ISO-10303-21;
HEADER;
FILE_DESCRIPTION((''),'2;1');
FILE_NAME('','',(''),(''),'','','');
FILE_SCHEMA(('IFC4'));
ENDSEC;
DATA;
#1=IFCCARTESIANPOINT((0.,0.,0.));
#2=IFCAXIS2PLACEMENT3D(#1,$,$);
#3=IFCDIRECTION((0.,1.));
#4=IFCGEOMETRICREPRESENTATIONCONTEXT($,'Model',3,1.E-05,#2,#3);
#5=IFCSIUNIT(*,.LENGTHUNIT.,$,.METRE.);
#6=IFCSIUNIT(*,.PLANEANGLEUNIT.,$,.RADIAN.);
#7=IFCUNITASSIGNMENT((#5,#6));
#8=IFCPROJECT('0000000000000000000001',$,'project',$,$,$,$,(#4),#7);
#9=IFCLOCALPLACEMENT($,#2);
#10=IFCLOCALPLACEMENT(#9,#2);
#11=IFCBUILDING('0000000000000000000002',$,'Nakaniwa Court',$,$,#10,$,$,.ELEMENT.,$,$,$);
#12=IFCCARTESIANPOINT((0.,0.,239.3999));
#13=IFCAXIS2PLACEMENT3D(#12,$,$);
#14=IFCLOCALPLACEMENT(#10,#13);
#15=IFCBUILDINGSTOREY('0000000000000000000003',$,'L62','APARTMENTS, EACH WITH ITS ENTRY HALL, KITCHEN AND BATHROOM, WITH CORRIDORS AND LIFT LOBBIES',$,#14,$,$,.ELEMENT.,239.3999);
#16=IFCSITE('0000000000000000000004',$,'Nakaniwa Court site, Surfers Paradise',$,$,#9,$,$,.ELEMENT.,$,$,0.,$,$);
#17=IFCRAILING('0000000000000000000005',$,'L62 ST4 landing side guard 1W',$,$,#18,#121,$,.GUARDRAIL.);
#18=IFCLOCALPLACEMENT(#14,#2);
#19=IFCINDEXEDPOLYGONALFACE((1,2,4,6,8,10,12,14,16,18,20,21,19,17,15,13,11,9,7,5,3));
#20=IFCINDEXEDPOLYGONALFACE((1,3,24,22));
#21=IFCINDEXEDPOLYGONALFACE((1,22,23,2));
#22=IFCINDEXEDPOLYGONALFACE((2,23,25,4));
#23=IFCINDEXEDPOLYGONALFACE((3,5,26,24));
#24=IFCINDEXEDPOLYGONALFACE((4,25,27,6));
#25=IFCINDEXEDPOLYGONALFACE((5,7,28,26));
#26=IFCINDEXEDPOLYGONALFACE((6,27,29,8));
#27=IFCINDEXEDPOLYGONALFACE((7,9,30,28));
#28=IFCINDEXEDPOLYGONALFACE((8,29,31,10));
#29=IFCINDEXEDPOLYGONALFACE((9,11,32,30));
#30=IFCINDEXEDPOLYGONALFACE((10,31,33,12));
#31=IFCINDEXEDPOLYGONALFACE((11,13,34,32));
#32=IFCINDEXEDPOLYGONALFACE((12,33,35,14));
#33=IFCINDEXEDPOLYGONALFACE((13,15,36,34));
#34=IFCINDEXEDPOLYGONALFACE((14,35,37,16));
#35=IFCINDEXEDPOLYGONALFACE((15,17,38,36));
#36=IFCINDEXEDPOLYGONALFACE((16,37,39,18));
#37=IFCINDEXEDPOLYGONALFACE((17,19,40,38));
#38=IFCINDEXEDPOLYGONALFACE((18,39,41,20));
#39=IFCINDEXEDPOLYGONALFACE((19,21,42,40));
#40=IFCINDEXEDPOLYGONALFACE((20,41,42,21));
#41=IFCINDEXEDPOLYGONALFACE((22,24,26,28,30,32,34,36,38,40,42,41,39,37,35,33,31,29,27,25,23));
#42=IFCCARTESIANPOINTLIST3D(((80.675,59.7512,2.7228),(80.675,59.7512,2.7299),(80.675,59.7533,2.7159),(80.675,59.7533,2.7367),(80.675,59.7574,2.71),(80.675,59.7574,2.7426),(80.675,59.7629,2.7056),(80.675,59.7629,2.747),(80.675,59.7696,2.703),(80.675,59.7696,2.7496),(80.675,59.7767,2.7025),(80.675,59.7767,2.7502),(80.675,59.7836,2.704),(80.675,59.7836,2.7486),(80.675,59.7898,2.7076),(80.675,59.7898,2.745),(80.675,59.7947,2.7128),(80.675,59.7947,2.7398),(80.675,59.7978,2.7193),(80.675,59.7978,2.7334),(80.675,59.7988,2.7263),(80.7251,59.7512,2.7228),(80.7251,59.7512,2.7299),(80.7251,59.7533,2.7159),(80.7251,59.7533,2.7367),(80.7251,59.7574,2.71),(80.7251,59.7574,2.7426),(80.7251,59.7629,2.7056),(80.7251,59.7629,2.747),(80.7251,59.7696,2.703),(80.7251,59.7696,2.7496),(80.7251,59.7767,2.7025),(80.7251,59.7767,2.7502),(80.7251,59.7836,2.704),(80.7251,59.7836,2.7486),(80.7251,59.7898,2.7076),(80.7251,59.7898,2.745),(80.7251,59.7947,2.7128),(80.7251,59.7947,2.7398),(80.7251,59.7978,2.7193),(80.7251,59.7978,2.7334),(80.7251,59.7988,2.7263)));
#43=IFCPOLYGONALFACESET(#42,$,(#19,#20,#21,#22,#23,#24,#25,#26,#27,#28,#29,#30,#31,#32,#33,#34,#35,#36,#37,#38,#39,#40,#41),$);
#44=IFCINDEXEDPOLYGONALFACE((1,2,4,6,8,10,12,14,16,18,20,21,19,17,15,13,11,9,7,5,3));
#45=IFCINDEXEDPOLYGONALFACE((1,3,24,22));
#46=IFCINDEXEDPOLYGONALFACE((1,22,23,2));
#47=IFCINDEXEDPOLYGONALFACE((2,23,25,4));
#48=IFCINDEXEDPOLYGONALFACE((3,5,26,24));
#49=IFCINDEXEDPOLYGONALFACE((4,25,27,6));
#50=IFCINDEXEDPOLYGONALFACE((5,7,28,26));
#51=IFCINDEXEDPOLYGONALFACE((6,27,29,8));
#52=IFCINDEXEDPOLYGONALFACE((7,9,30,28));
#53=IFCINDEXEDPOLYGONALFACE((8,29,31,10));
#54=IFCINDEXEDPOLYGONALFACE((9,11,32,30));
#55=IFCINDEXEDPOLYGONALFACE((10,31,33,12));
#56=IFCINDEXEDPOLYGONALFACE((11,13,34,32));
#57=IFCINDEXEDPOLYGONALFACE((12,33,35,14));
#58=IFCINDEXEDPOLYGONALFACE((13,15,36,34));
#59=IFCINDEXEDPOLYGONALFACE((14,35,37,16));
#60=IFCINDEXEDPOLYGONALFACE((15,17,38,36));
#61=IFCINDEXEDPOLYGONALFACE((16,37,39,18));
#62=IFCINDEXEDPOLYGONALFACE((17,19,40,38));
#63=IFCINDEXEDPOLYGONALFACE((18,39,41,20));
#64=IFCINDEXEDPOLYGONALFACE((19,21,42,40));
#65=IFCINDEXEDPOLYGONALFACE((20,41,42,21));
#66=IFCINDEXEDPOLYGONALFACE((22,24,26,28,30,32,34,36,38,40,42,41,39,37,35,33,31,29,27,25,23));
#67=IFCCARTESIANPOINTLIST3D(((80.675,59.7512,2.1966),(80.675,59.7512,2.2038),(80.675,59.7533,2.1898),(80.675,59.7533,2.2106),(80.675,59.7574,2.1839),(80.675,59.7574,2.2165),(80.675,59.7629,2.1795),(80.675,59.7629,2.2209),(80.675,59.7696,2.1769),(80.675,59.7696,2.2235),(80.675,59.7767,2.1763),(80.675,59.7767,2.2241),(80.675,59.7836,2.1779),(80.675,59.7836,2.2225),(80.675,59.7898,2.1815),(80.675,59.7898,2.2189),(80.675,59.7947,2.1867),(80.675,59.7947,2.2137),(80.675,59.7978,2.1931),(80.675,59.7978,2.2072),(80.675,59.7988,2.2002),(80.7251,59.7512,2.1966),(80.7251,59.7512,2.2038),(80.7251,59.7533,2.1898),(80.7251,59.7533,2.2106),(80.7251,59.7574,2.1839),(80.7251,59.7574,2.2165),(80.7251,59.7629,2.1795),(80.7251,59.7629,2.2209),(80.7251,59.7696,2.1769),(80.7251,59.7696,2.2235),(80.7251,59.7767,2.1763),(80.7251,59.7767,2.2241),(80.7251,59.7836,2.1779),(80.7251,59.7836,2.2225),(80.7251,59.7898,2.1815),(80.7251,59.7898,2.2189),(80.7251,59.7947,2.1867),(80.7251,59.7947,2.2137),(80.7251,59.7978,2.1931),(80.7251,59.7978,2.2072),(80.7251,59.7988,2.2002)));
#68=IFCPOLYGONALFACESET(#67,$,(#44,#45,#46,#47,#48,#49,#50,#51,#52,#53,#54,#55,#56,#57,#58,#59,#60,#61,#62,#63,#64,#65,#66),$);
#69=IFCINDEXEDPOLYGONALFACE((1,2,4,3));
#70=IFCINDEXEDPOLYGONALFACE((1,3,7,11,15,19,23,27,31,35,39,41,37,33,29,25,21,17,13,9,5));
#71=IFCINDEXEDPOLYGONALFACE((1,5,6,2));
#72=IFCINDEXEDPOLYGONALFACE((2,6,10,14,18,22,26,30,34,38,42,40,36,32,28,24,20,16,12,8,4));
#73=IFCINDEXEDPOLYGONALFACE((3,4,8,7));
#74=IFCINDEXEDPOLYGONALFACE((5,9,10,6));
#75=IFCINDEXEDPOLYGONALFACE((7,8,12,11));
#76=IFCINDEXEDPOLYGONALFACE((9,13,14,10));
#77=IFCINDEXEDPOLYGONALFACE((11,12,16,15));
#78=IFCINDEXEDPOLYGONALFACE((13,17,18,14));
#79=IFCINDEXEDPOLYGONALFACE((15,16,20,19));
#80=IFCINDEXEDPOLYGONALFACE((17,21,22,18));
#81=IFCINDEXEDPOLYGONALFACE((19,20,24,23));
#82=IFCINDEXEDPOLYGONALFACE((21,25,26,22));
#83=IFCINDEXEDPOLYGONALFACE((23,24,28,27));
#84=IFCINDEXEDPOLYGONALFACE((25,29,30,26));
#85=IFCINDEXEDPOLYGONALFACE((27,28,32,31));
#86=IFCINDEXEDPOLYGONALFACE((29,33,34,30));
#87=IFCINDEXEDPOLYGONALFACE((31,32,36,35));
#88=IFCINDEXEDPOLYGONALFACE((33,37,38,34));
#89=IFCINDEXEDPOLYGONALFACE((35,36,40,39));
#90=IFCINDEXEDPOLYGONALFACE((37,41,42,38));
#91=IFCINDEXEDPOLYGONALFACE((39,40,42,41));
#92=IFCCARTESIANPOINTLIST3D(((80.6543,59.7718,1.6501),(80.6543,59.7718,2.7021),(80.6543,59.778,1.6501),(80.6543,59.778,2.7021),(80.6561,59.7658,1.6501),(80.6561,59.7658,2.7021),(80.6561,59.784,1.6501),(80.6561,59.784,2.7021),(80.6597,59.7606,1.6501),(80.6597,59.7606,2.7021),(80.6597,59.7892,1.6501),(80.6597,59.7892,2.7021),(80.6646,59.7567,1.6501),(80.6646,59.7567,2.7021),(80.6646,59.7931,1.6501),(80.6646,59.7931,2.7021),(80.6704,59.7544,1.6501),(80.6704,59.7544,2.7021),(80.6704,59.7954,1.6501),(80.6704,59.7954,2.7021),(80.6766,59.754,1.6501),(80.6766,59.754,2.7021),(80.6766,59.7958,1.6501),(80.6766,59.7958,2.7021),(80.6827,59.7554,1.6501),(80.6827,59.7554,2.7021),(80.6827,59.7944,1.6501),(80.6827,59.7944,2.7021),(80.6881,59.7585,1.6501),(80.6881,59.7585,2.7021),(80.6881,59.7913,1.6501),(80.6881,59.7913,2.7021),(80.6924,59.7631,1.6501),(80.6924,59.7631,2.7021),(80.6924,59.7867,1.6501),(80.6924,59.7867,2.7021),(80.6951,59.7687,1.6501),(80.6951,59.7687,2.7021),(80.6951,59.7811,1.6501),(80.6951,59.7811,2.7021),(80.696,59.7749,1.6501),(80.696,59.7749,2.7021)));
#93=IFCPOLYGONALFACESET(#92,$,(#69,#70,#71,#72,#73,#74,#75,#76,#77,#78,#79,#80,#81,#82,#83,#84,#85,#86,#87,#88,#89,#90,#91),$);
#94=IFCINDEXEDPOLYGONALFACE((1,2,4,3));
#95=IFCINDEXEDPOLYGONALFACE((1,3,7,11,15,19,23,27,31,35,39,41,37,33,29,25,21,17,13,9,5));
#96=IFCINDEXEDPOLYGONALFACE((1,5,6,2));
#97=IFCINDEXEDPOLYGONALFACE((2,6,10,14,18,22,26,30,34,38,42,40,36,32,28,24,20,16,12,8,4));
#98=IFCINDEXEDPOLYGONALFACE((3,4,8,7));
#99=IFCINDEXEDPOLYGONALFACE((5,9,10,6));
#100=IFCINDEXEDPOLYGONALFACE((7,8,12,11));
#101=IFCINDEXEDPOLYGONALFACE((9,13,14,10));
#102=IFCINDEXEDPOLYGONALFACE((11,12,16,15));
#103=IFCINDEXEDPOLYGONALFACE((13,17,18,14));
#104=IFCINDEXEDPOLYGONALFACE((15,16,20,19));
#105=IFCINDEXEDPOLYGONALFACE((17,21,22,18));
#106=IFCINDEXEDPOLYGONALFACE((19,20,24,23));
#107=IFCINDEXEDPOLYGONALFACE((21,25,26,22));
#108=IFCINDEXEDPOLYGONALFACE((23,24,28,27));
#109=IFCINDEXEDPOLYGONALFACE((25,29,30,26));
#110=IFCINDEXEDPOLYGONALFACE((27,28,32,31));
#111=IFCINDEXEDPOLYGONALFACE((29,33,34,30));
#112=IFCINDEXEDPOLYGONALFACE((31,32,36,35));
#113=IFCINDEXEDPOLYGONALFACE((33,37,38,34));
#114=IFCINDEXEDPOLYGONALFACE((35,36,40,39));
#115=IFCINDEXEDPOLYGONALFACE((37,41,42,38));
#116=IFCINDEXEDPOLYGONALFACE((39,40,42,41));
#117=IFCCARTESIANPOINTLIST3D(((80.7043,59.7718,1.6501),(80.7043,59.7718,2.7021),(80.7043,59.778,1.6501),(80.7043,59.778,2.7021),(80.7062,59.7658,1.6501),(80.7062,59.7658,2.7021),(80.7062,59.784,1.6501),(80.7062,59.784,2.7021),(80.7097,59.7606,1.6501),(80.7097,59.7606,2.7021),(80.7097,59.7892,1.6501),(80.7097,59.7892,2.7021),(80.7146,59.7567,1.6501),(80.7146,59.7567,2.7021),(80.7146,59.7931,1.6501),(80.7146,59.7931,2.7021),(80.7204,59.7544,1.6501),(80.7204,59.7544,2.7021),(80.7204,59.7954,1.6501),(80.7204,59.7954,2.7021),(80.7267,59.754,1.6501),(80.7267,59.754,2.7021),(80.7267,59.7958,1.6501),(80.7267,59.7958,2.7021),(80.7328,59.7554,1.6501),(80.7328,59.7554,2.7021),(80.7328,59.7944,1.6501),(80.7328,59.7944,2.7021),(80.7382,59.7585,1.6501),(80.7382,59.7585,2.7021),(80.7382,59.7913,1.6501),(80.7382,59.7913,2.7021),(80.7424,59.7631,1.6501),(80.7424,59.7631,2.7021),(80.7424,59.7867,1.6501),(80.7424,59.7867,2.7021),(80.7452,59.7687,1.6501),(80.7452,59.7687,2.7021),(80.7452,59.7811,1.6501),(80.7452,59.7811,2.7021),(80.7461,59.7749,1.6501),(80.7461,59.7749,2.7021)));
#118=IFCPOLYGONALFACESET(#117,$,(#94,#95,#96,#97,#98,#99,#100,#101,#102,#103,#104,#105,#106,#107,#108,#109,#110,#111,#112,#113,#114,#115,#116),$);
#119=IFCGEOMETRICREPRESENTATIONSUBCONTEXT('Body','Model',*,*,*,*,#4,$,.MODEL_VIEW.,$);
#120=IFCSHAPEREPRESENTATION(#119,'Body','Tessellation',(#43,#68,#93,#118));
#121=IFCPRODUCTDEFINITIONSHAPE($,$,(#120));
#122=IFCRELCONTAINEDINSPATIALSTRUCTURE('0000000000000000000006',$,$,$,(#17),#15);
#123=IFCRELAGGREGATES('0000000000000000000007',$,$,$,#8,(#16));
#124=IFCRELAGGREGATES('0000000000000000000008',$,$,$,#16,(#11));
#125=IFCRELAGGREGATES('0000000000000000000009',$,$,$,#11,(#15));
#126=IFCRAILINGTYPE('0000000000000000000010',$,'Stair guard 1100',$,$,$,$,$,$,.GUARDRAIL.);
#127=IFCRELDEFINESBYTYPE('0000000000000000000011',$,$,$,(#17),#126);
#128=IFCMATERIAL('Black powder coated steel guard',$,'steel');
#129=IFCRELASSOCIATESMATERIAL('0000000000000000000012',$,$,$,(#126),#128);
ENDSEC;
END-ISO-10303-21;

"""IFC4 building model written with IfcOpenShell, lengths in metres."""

from ifc_helpers import new_model, si_unit, direction, frame, origin, origin_2d, place, context, subcontext, project, spatial, circle, extrude, material, type_object, element, save


model = new_model("IFC4")

# Units and contexts
model_context = context("Model", 3, precision=1e-05, world=origin(), true_north=direction((0.0, 1.0)))
body_context = subcontext(model_context, "Body", "Model", "MODEL_VIEW")
ifc_project = project(units=[si_unit("LENGTHUNIT", "METRE"), si_unit("PLANEANGLEUNIT", "RADIAN")], contexts=[model_context])

# Site, building, storey
site_placement = place(None, origin())
site = spatial("IfcSite", under=ifc_project, at=site_placement, Name="Nakaniwa Court site, Surfers Paradise", CompositionType="ELEMENT", RefElevation=0.0)
building_placement = place(site_placement, origin())
building = spatial("IfcBuilding", under=site, at=building_placement, Name="Nakaniwa Court", CompositionType="ELEMENT")
storey_placement = place(building_placement, frame((0.0, 0.0, 239.3999)))
storey = spatial("IfcBuildingStorey", under=building, at=storey_placement, Name="L62", Description="APARTMENTS, EACH WITH ITS ENTRY HALL, KITCHEN AND BATHROOM, WITH CORRIDORS AND LIFT LOBBIES", CompositionType="ELEMENT", Elevation=239.3999)

# Railing
ifc_material_1 = material(Name="Black powder coated steel guard", Category="steel")
railing_type_1 = type_object("IfcRailingType", Name="Stair guard 1100", PredefinedType="GUARDRAIL", material=ifc_material_1)
for number, where, name in (
    (1, (80.675, 59.7749, 1.6501), "L62 ST4 landing side guard 1W"),
):
    element("IfcRailing", number, at=place(storey_placement, frame(where)), inside=storey, type_object=railing_type_1, Name=name, PredefinedType="GUARDRAIL", context=body_context, shape_type="SweptSolid", body=[
        extrude(circle(Radius=0.0239, at=origin_2d()), frame((0.0, 0.0, 1.0762), z_axis=(1.0, 0.0, 0.0), x_axis=(0.0, 1.0, 0.0)), (0.0, 0.0, 1.0), 0.05),
        extrude(circle(Radius=0.0239, at=origin_2d()), frame((0.0, 0.0, 0.55), z_axis=(1.0, 0.0, 0.0), x_axis=(0.0, 1.0, 0.0)), (0.0, 0.0, 1.0), 0.05),
        extrude(circle(Radius=0.021, at=origin_2d()), origin(), (0.0, 0.0, 1.0), 1.052),
        extrude(circle(Radius=0.021, at=origin_2d()), frame((0.05, 0.0, 0.0)), (0.0, 0.0, 1.0), 1.052),
    ])

save(model, "model.ifc")
